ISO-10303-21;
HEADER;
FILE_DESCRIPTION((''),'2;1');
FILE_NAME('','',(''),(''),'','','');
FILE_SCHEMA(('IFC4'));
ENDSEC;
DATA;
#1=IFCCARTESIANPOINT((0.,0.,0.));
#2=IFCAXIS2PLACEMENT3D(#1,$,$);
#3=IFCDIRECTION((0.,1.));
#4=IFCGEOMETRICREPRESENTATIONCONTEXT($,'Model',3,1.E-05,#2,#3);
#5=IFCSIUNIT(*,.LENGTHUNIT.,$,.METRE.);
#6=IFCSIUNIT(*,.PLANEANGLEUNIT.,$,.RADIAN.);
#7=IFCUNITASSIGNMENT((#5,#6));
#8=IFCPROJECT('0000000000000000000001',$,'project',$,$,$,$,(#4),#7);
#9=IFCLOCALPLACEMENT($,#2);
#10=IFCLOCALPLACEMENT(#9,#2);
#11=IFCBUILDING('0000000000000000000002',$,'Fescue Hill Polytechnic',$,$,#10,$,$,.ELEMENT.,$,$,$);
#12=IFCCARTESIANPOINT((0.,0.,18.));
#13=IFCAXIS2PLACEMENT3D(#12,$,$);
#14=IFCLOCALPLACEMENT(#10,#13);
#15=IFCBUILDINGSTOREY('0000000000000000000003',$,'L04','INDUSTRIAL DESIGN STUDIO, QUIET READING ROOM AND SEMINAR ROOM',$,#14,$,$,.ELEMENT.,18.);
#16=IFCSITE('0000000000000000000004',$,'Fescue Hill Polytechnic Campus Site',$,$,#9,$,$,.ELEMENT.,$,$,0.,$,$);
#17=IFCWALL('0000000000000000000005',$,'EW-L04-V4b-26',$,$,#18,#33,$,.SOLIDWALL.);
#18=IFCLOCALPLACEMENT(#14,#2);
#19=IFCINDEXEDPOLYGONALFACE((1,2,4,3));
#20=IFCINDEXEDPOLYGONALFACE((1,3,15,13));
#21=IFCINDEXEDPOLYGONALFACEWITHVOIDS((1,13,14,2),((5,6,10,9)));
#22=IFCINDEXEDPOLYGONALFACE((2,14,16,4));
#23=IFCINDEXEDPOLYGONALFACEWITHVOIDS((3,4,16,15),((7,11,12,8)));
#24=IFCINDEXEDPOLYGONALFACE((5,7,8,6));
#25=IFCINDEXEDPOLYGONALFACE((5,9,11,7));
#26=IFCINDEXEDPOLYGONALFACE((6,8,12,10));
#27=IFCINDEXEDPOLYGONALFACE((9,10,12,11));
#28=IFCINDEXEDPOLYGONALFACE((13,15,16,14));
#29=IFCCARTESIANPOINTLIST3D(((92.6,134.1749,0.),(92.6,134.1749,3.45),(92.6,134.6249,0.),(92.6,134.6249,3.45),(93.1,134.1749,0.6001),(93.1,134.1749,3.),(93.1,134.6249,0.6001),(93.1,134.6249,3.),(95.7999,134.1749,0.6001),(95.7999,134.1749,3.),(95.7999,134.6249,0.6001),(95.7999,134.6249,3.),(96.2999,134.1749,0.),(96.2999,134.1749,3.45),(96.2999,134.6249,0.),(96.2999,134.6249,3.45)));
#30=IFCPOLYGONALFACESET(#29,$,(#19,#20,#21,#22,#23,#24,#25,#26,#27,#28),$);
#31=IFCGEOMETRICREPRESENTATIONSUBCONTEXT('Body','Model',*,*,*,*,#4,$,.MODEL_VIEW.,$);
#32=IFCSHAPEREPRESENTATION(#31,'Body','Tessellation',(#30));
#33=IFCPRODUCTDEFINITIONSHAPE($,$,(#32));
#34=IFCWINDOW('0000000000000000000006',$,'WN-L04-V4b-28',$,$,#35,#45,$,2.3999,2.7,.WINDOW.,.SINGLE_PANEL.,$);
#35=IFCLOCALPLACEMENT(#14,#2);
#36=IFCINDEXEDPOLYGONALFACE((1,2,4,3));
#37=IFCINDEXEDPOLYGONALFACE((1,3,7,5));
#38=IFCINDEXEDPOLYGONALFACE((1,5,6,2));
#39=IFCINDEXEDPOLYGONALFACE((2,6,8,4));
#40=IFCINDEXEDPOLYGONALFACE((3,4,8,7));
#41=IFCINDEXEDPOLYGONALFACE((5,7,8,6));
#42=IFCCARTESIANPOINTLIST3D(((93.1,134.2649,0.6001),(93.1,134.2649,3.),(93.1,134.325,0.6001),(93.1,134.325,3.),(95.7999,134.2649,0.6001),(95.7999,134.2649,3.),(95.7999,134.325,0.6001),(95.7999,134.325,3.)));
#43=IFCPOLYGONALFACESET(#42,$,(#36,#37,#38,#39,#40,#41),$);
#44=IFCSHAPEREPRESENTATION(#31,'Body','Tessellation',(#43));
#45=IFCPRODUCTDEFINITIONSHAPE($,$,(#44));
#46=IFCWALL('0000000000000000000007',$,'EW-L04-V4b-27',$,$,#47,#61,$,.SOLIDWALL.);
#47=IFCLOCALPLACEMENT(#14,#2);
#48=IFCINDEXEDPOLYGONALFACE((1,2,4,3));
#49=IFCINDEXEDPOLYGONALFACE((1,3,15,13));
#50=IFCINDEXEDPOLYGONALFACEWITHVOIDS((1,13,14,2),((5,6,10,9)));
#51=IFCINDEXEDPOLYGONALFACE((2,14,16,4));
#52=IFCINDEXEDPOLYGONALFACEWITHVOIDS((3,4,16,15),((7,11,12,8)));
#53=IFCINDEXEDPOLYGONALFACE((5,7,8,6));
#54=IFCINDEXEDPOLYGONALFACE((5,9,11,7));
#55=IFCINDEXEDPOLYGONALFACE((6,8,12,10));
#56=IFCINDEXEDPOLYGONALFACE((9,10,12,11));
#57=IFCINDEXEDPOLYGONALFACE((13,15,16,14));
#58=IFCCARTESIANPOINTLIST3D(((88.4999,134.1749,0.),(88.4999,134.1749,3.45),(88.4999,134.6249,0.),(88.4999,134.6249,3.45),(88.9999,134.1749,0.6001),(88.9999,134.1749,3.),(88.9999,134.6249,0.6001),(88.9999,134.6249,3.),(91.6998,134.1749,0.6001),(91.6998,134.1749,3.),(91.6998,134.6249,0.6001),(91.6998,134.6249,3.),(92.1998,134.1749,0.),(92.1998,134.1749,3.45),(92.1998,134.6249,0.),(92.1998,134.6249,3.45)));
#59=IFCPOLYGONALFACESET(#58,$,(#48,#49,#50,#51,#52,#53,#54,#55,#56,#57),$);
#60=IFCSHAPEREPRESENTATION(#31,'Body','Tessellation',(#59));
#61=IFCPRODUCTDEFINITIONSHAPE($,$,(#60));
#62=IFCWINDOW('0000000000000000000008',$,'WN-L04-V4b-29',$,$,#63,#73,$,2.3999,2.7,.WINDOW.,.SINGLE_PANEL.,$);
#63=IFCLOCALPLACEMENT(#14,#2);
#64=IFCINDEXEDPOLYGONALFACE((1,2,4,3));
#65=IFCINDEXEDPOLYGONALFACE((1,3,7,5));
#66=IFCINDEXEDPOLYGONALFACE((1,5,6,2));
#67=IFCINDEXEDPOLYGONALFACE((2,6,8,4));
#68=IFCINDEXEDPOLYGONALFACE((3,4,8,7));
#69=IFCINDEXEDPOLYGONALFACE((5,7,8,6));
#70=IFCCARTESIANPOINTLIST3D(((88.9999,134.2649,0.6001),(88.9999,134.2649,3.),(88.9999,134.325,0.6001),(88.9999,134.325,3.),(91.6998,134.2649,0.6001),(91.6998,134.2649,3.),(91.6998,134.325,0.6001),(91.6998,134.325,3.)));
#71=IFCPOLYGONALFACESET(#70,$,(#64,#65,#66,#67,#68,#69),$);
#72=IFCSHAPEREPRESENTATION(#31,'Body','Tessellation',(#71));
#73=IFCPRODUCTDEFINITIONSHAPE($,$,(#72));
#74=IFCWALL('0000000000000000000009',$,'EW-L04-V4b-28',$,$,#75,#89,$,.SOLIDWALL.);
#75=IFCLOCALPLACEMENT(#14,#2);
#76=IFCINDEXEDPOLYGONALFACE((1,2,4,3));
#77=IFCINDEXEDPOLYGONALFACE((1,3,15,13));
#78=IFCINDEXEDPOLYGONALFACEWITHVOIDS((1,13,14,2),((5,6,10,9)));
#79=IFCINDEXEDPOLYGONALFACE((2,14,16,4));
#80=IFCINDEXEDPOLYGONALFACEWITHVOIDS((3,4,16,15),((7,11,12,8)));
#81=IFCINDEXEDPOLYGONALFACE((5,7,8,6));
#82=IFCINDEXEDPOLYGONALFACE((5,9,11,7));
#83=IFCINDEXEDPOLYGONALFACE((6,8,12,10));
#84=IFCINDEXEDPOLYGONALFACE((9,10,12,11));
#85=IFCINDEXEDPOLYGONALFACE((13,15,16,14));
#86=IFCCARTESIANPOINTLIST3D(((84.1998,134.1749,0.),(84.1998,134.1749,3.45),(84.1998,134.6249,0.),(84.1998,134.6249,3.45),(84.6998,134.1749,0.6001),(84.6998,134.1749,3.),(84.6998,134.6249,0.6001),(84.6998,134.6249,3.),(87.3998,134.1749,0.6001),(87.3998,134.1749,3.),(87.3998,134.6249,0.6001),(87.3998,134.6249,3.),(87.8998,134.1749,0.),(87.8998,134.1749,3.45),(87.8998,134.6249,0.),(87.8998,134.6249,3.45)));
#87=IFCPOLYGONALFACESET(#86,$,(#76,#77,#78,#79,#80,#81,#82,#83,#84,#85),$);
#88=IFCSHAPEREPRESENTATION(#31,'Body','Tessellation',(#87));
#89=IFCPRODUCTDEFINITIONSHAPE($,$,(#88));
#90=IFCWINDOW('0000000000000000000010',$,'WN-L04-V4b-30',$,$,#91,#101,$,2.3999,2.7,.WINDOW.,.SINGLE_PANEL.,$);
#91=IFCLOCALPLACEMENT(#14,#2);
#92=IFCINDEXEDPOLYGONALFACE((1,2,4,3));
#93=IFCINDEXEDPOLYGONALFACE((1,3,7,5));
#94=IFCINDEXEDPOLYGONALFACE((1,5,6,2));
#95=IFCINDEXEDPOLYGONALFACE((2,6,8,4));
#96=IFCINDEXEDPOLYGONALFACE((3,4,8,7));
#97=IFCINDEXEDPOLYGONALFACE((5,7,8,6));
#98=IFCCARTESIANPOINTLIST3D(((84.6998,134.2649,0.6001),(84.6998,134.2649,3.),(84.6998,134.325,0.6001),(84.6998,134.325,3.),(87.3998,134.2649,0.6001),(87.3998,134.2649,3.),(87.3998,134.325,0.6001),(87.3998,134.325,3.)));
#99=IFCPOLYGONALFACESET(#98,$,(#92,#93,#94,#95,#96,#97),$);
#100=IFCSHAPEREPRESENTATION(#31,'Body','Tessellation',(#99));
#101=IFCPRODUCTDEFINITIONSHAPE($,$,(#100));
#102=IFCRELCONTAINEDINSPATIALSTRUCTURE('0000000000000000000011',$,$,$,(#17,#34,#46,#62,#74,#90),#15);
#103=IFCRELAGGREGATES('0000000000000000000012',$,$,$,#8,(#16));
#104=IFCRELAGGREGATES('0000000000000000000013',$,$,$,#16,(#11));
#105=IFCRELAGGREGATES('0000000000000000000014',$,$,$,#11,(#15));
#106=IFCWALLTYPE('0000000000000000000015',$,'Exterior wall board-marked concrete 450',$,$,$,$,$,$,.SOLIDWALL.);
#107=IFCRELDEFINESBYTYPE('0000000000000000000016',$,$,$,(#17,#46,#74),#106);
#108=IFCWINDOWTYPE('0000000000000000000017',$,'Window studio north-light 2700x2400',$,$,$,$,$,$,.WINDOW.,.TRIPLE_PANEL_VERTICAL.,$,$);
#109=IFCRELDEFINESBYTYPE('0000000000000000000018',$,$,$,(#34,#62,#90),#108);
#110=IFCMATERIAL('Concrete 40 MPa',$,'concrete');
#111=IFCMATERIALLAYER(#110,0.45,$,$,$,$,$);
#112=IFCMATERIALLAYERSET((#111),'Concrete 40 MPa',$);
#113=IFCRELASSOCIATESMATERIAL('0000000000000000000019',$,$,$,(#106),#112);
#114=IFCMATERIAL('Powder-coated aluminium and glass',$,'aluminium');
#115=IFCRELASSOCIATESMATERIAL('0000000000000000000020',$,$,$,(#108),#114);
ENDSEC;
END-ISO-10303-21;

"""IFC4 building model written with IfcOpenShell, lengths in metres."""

from ifc_helpers import new_model, si_unit, direction, frame, frame_2d, origin, place, context, subcontext, project, spatial, rectangle, extrude, material, layer, layer_set, type_object, element, fill, save


model = new_model("IFC4")

# Units and contexts
model_context = context("Model", 3, precision=1e-05, world=origin(), true_north=direction((0.0, 1.0)))
body_context = subcontext(model_context, "Body", "Model", "MODEL_VIEW")
ifc_project = project(units=[si_unit("LENGTHUNIT", "METRE"), si_unit("PLANEANGLEUNIT", "RADIAN")], contexts=[model_context])

# Site, building, storey
site_placement = place(None, origin())
site = spatial("IfcSite", under=ifc_project, at=site_placement, Name="Fescue Hill Polytechnic Campus Site", CompositionType="ELEMENT", RefElevation=0.0)
building_placement = place(site_placement, origin())
building = spatial("IfcBuilding", under=site, at=building_placement, Name="Fescue Hill Polytechnic", CompositionType="ELEMENT")
storey_placement = place(building_placement, frame((0.0, 0.0, 18.0)))
storey = spatial("IfcBuildingStorey", under=building, at=storey_placement, Name="L04", Description="INDUSTRIAL DESIGN STUDIO, QUIET READING ROOM AND SEMINAR ROOM", CompositionType="ELEMENT", Elevation=18.0)

# Shared definitions
ifc_material_1 = material(Name="Concrete 40 MPa", Category="concrete")

# Walls, openings, windows
ifc_layer_1 = layer(ifc_material_1, 0.45)
ifc_layer_set_1 = layer_set([ifc_layer_1], Name="Concrete 40 MPa")
wall_type_1 = type_object("IfcWallType", Name="Exterior wall board-marked concrete 450", PredefinedType="SOLIDWALL", material=ifc_layer_set_1)
wall_1_placement = place(storey_placement, frame((96.3, 134.3999, 0.0), z_axis=(0.0, 0.0, 1.0), x_axis=(-1.0, 0.0, 0.0)))
wall_1 = element("IfcWall", 1, at=wall_1_placement, inside=storey, type_object=wall_type_1, Name="EW-L04-V4b-26", PredefinedType="SOLIDWALL", context=body_context, shape_type="SweptSolid", body=[
    extrude(rectangle(XDim=3.7, YDim=0.45, at=frame_2d((1.8501, 0.0))), origin(), (0.0, 0.0, 1.0), 3.45),
])
opening_1_placement = place(wall_1_placement, frame((0.5, 0.0, 0.6001)))
opening_1 = element("IfcOpeningElement", 2, at=opening_1_placement, cuts=wall_1, PredefinedType="OPENING", context=body_context, shape_type="SweptSolid", body=[
    extrude(rectangle(XDim=2.7, YDim=2.3999, at=frame_2d((1.3501, 1.2))), frame((0.0, 0.2349, 0.0), z_axis=(0.0, -1.0, 0.0), x_axis=(1.0, 0.0, 0.0)), (0.0, 0.0, 1.0), 0.47),
])
ifc_material_2 = material(Name="Powder-coated aluminium and glass", Category="aluminium")
window_type = type_object("IfcWindowType", Name="Window studio north-light 2700x2400", PartitioningType="TRIPLE_PANEL_VERTICAL", PredefinedType="WINDOW", material=ifc_material_2)
window_1_placement = place(opening_1_placement, origin())
window_1 = element("IfcWindow", 3, at=window_1_placement, inside=storey, type_object=window_type, Name="WN-L04-V4b-28", OverallHeight=2.3999, OverallWidth=2.7, PartitioningType="SINGLE_PANEL", PredefinedType="WINDOW", context=body_context, shape_type="SweptSolid", body=[
    extrude(rectangle(XDim=2.7, YDim=2.3999, at=frame_2d((1.3501, 1.2))), frame((0.0, 0.135, 0.0), z_axis=(0.0, -1.0, 0.0), x_axis=(1.0, 0.0, 0.0)), (0.0, 0.0, 1.0), 0.0601),
])
fill(opening_1, window_1)
wall_2_placement = place(storey_placement, frame((92.2, 134.3999, 0.0), z_axis=(0.0, 0.0, 1.0), x_axis=(-1.0, 0.0, 0.0)))
wall_2 = element("IfcWall", 4, at=wall_2_placement, inside=storey, type_object=wall_type_1, Name="EW-L04-V4b-27", PredefinedType="SOLIDWALL", context=body_context, shape_type="SweptSolid", body=[
    extrude(rectangle(XDim=3.7, YDim=0.45, at=frame_2d((1.8501, 0.0))), origin(), (0.0, 0.0, 1.0), 3.45),
])
opening_2_placement = place(wall_2_placement, frame((0.5, 0.0, 0.6001)))
opening_2 = element("IfcOpeningElement", 5, at=opening_2_placement, cuts=wall_2, PredefinedType="OPENING", context=body_context, shape_type="SweptSolid", body=[
    extrude(rectangle(XDim=2.7, YDim=2.3999, at=frame_2d((1.3501, 1.2))), frame((0.0, 0.2349, 0.0), z_axis=(0.0, -1.0, 0.0), x_axis=(1.0, 0.0, 0.0)), (0.0, 0.0, 1.0), 0.47),
])
window_2_placement = place(opening_2_placement, origin())
window_2 = element("IfcWindow", 6, at=window_2_placement, inside=storey, type_object=window_type, Name="WN-L04-V4b-29", OverallHeight=2.3999, OverallWidth=2.7, PartitioningType="SINGLE_PANEL", PredefinedType="WINDOW", context=body_context, shape_type="SweptSolid", body=[
    extrude(rectangle(XDim=2.7, YDim=2.3999, at=frame_2d((1.3501, 1.2))), frame((0.0, 0.135, 0.0), z_axis=(0.0, -1.0, 0.0), x_axis=(1.0, 0.0, 0.0)), (0.0, 0.0, 1.0), 0.0601),
])
fill(opening_2, window_2)
wall_3_placement = place(storey_placement, frame((87.8999, 134.3999, 0.0), z_axis=(0.0, 0.0, 1.0), x_axis=(-1.0, 0.0, 0.0)))
wall_3 = element("IfcWall", 7, at=wall_3_placement, inside=storey, type_object=wall_type_1, Name="EW-L04-V4b-28", PredefinedType="SOLIDWALL", context=body_context, shape_type="SweptSolid", body=[
    extrude(rectangle(XDim=3.7, YDim=0.45, at=frame_2d((1.8501, 0.0))), origin(), (0.0, 0.0, 1.0), 3.45),
])
opening_3_placement = place(wall_3_placement, frame((0.5, 0.0, 0.6001)))
opening_3 = element("IfcOpeningElement", 8, at=opening_3_placement, cuts=wall_3, PredefinedType="OPENING", context=body_context, shape_type="SweptSolid", body=[
    extrude(rectangle(XDim=2.7, YDim=2.3999, at=frame_2d((1.3501, 1.2))), frame((0.0, 0.2349, 0.0), z_axis=(0.0, -1.0, 0.0), x_axis=(1.0, 0.0, 0.0)), (0.0, 0.0, 1.0), 0.47),
])
window_3_placement = place(opening_3_placement, origin())
window_3 = element("IfcWindow", 9, at=window_3_placement, inside=storey, type_object=window_type, Name="WN-L04-V4b-30", OverallHeight=2.3999, OverallWidth=2.7, PartitioningType="SINGLE_PANEL", PredefinedType="WINDOW", context=body_context, shape_type="SweptSolid", body=[
    extrude(rectangle(XDim=2.7, YDim=2.3999, at=frame_2d((1.3501, 1.2))), frame((0.0, 0.135, 0.0), z_axis=(0.0, -1.0, 0.0), x_axis=(1.0, 0.0, 0.0)), (0.0, 0.0, 1.0), 0.0601),
])
fill(opening_3, window_3)

save(model, "model.ifc")
